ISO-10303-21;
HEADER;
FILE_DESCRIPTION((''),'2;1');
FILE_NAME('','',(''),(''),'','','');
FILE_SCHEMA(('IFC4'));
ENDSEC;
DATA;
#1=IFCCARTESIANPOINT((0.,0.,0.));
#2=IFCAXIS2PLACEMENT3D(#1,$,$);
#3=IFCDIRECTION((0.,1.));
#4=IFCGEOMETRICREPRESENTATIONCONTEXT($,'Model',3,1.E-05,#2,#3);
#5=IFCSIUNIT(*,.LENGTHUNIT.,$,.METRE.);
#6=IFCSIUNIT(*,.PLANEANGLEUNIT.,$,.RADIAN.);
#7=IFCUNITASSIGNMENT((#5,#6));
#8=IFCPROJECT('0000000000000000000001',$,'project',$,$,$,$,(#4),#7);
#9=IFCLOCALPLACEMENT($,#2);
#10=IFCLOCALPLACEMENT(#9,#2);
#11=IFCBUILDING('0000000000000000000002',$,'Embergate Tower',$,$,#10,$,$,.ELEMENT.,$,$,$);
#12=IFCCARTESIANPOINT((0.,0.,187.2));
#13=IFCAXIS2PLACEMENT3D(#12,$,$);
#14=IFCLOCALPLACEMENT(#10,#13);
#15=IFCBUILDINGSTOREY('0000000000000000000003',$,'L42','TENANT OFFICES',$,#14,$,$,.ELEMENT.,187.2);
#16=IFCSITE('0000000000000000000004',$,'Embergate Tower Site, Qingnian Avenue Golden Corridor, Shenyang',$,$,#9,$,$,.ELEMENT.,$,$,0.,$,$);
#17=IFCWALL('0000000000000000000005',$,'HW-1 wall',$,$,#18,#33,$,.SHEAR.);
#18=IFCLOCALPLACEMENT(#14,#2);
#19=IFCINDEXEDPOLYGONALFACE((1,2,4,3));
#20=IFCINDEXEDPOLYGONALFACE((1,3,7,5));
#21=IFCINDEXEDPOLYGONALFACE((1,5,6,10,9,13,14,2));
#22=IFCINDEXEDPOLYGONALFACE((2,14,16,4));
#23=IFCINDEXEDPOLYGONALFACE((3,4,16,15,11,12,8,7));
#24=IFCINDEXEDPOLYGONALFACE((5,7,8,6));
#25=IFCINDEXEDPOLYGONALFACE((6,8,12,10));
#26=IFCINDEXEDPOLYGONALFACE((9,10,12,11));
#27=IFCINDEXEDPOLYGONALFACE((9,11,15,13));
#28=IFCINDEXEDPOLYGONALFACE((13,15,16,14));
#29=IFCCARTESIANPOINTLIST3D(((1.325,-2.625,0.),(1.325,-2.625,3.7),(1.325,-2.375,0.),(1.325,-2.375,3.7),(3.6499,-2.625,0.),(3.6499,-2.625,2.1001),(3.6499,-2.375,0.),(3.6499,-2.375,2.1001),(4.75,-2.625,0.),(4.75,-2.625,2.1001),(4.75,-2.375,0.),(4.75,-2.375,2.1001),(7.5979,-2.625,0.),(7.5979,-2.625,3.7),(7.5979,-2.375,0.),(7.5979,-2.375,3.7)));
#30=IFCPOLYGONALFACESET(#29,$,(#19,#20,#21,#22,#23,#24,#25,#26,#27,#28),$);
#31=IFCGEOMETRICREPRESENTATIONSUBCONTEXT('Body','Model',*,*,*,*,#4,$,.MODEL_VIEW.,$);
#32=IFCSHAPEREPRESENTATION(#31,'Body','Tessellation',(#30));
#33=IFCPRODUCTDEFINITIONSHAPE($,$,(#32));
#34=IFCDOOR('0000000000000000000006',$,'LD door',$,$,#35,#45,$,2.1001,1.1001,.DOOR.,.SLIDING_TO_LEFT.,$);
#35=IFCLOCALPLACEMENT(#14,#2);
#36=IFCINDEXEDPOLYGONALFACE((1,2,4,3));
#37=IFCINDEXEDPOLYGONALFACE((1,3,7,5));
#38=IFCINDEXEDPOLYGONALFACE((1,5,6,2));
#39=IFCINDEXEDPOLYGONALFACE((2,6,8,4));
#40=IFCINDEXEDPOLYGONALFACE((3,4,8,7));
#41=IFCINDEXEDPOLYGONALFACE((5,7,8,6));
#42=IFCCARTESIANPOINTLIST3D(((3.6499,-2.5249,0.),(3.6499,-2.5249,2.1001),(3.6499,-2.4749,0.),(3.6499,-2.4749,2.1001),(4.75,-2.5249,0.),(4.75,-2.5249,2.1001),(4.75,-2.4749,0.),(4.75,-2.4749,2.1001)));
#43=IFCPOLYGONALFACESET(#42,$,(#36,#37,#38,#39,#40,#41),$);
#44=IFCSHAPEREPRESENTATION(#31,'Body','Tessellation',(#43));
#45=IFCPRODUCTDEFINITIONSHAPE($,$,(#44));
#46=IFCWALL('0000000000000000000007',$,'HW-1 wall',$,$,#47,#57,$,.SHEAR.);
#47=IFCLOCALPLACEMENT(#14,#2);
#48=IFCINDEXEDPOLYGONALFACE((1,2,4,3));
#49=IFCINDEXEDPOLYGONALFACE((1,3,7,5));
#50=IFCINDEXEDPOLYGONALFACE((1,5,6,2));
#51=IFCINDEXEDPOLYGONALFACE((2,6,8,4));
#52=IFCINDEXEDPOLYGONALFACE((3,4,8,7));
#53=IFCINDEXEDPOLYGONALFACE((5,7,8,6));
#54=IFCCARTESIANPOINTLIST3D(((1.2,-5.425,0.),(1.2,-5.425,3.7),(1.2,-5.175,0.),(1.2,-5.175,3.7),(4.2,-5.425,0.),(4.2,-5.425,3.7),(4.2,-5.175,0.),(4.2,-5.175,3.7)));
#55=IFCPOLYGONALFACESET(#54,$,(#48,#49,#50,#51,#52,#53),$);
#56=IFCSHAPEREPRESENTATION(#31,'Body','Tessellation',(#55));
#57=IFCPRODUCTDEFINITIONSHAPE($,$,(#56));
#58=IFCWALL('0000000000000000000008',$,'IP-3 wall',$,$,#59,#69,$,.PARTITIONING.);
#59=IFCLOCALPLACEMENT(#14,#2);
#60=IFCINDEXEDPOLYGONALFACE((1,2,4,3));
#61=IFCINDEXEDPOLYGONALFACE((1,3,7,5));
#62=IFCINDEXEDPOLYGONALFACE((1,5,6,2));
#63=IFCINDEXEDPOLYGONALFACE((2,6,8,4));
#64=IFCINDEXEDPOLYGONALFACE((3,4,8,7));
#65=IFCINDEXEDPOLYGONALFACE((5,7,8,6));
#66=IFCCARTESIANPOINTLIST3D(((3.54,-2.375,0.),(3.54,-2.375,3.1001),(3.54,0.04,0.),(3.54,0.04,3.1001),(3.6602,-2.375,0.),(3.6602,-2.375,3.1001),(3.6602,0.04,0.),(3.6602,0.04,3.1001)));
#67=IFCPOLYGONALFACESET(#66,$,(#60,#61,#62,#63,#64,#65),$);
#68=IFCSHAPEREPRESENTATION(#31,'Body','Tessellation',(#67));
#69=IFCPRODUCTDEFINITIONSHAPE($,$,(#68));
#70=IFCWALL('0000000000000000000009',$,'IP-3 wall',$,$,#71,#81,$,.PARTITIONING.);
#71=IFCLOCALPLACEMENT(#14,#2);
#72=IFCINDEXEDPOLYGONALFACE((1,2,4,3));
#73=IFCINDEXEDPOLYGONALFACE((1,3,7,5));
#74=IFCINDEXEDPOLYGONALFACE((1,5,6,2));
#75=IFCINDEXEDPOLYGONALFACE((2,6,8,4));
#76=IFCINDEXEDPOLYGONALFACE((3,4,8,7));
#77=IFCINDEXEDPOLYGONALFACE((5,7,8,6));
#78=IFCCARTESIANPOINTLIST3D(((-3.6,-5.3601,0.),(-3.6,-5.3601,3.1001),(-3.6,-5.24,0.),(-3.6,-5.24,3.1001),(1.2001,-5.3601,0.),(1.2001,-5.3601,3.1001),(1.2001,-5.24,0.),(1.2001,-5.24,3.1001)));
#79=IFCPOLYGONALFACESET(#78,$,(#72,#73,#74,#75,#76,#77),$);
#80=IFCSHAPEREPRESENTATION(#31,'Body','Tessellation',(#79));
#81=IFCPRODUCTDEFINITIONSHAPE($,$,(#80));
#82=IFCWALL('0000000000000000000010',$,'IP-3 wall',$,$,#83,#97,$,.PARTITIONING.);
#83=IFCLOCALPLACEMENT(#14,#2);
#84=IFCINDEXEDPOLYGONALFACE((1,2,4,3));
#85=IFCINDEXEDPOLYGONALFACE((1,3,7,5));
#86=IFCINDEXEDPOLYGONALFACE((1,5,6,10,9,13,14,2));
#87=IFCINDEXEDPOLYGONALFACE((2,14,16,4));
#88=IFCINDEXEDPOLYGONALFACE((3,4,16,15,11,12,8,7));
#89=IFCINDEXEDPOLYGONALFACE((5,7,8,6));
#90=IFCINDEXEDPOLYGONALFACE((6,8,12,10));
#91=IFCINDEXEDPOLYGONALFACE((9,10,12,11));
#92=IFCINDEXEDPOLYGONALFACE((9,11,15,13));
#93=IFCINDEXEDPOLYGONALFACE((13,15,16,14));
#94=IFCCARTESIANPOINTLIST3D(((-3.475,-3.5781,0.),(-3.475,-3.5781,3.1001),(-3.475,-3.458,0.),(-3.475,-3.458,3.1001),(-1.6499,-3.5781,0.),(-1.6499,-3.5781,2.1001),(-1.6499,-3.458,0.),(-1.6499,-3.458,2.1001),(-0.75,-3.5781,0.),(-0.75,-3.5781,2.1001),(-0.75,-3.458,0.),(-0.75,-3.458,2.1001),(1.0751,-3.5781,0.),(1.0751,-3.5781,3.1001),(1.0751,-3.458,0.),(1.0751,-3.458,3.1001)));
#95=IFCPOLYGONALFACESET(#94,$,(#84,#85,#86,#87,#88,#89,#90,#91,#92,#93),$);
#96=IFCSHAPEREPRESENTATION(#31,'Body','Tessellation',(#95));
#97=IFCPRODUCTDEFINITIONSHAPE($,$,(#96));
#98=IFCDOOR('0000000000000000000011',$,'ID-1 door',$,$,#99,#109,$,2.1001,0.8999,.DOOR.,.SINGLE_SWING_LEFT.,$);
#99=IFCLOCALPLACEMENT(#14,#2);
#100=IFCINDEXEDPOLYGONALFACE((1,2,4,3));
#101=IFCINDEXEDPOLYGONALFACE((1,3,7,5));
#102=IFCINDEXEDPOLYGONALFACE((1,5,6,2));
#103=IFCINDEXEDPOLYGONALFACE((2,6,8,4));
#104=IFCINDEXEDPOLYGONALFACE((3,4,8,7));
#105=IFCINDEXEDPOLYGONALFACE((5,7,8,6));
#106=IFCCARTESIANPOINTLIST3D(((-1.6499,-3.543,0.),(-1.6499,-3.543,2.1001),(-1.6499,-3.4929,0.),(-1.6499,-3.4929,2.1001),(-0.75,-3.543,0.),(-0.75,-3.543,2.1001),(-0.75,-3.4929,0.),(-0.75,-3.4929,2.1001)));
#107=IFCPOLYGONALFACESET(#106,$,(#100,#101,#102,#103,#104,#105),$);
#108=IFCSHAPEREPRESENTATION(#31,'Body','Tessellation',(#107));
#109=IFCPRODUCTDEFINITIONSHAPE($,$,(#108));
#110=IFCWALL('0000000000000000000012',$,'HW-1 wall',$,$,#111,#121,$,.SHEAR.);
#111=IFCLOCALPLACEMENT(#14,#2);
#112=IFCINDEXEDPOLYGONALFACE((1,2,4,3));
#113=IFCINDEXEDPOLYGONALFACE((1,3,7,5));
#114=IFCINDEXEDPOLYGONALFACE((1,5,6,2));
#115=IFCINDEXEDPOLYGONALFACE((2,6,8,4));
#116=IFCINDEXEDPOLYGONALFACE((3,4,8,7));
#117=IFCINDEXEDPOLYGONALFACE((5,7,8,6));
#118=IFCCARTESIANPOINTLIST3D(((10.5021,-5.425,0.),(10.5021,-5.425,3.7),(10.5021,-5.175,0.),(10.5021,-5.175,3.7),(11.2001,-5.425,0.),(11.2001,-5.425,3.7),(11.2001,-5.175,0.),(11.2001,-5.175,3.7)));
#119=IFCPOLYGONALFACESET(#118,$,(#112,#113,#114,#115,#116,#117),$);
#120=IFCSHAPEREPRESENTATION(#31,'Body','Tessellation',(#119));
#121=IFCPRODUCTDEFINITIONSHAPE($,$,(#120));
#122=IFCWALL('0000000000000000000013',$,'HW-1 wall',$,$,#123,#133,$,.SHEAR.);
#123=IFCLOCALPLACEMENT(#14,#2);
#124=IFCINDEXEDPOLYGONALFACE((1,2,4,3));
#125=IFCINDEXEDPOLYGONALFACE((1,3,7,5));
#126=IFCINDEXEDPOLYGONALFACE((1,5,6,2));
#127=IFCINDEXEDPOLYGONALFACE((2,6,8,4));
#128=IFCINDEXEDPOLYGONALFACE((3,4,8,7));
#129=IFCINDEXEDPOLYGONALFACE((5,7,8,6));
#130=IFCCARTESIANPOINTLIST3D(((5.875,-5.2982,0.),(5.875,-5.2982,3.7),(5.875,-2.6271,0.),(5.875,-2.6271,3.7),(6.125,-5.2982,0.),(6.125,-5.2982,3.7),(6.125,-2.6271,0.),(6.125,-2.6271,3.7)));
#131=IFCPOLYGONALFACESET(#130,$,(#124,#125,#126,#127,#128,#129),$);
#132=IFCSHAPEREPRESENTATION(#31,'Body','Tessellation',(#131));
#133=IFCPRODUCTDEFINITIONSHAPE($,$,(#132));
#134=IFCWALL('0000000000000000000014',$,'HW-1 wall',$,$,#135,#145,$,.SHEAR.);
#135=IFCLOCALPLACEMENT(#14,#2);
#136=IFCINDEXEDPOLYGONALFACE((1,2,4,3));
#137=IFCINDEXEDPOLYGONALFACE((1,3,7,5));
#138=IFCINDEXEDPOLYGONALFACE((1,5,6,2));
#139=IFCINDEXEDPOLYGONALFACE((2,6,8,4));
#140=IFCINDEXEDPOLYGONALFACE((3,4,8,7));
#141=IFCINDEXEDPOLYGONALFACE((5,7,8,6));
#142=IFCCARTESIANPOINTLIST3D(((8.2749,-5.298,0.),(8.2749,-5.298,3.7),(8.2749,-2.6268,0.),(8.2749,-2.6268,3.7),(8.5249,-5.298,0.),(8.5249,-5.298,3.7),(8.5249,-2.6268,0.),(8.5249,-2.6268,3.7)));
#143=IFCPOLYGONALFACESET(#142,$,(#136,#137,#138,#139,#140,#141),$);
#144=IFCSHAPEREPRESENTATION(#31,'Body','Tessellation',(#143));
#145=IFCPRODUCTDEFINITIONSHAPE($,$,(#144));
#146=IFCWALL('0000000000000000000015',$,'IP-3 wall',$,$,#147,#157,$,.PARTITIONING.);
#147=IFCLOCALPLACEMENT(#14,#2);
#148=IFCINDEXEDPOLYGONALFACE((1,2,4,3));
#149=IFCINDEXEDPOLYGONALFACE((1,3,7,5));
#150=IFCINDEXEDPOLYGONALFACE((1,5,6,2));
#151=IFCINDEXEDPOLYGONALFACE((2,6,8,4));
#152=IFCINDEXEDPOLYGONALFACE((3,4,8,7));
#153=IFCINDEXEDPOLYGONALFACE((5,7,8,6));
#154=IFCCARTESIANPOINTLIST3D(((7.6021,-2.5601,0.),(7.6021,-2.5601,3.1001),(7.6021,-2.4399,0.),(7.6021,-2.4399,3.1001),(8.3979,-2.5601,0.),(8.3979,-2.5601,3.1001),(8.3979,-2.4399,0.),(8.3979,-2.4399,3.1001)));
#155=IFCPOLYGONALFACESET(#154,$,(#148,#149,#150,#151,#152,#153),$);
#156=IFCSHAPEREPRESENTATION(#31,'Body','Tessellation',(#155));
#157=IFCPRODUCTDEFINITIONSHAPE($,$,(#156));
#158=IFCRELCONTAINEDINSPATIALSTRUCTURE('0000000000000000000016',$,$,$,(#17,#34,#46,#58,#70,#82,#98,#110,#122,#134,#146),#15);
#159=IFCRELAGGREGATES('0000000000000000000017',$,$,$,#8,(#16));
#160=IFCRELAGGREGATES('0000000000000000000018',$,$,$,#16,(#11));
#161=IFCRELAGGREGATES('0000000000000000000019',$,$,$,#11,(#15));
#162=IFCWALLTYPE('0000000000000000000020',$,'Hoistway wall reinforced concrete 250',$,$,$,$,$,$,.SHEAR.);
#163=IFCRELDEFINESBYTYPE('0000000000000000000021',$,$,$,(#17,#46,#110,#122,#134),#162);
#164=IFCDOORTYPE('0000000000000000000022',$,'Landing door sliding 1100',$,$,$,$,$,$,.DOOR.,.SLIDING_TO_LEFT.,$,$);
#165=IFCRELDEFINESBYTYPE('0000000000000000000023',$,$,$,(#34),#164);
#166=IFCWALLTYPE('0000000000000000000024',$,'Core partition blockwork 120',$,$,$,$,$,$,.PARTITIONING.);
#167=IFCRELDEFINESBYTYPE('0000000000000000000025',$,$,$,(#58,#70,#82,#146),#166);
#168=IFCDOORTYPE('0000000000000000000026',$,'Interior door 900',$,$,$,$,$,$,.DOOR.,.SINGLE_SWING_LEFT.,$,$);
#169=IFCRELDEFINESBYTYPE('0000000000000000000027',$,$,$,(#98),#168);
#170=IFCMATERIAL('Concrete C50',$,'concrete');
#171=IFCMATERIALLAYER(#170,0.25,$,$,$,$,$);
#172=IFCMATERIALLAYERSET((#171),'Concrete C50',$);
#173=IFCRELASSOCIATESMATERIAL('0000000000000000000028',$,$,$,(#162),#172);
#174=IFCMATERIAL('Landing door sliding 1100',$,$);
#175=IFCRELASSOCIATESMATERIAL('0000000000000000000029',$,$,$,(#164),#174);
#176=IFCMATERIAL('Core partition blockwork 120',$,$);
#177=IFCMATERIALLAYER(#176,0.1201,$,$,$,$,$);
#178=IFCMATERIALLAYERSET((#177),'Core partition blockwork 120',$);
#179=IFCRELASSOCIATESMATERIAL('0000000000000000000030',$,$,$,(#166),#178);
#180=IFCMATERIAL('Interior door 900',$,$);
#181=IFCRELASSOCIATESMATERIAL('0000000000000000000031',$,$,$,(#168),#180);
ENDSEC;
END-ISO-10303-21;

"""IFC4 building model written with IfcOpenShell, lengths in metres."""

from ifc_helpers import new_model, si_unit, direction, frame, frame_2d, origin, place, context, subcontext, project, spatial, rectangle, extrude, source, transform, mapped, material, layer, layer_set, type_object, element, fill, save


model = new_model("IFC4")

# Units and contexts
model_context = context("Model", 3, precision=1e-05, world=origin(), true_north=direction((0.0, 1.0)))
body_context = subcontext(model_context, "Body", "Model", "MODEL_VIEW")
ifc_project = project(units=[si_unit("LENGTHUNIT", "METRE"), si_unit("PLANEANGLEUNIT", "RADIAN")], contexts=[model_context])

# Site, building, storey
site_placement = place(None, origin())
site = spatial("IfcSite", under=ifc_project, at=site_placement, Name="Embergate Tower Site, Qingnian Avenue Golden Corridor, Shenyang", CompositionType="ELEMENT", RefElevation=0.0)
building_placement = place(site_placement, origin())
building = spatial("IfcBuilding", under=site, at=building_placement, Name="Embergate Tower", CompositionType="ELEMENT")
storey_placement = place(building_placement, frame((0.0, 0.0, 187.2)))
storey = spatial("IfcBuildingStorey", under=building, at=storey_placement, Name="L42", Description="TENANT OFFICES", CompositionType="ELEMENT", Elevation=187.2)

# Shared definitions
ifc_material_1 = material(Name="Concrete C50", Category="concrete")
ifc_layer_1 = layer(ifc_material_1, 0.25)
ifc_layer_set_1 = layer_set([ifc_layer_1], Name="Concrete C50")
wall_type_1 = type_object("IfcWallType", Name="Hoistway wall reinforced concrete 250", PredefinedType="SHEAR", material=ifc_layer_set_1)

# Wall, opening, door
shared_shape_1 = source(origin(), body_context, "Body", "SweptSolid", [
    extrude(rectangle(XDim=1.1001, YDim=2.1001, at=frame_2d((0.55, 1.05))), frame((0.0, 0.135, 0.0), z_axis=(0.0, -1.0, 0.0), x_axis=(1.0, 0.0, 0.0)), (0.0, 0.0, 1.0), 0.27),
])
ifc_material_2 = material(Name="Landing door sliding 1100")
door_type_1 = type_object("IfcDoorType", Name="Landing door sliding 1100", OperationType="SLIDING_TO_LEFT", PredefinedType="DOOR", material=ifc_material_2)
shared_shape_2 = source(origin(), body_context, "Body", "SweptSolid", [
    extrude(rectangle(XDim=1.1001, YDim=2.1001, at=frame_2d((0.55, 1.05))), frame((0.0, 0.0249, 0.0), z_axis=(0.0, -1.0, 0.0), x_axis=(1.0, 0.0, 0.0)), (0.0, 0.0, 1.0), 0.05),
])
shared_shape_3 = source(origin(), body_context, "Body", "SweptSolid", [
    extrude(rectangle(XDim=6.2729, YDim=0.25, at=frame_2d((3.1365, 0.0))), origin(), (0.0, 0.0, 1.0), 3.7),
])
wall_1_placement = place(storey_placement, frame((7.5979, -2.5, 0.0), z_axis=(0.0, 0.0, 1.0), x_axis=(-1.0, 0.0, 0.0)))
wall_1 = element("IfcWall", 1, at=wall_1_placement, inside=storey, type_object=wall_type_1, Name="HW-1 wall", PredefinedType="SHEAR", context=body_context, shape_type="MappedRepresentation", body=[
    mapped(shared_shape_3, transform((0.0, 0.0, 0.0))),
])
opening_1_placement = place(wall_1_placement, frame((2.8479, 0.0, 0.0)))
opening_1 = element("IfcOpeningElement", 2, at=opening_1_placement, cuts=wall_1, PredefinedType="OPENING", context=body_context, shape_type="MappedRepresentation", body=[
    mapped(shared_shape_1, transform((0.0, 0.0, 0.0))),
])
door_1_placement = place(opening_1_placement, origin())
door_1 = element("IfcDoor", 3, at=door_1_placement, inside=storey, type_object=door_type_1, Name="LD door", OperationType="SLIDING_TO_LEFT", OverallHeight=2.1001, OverallWidth=1.1001, PredefinedType="DOOR", context=body_context, shape_type="MappedRepresentation", body=[
    mapped(shared_shape_2, transform((0.0, 0.0, 0.0))),
])
fill(opening_1, door_1)

# Walls
shared_shape_4 = source(origin(), body_context, "Body", "SweptSolid", [
    extrude(rectangle(XDim=3.0, YDim=0.25, at=frame_2d((1.5, 0.0))), origin(), (0.0, 0.0, 1.0), 3.7),
])
wall_2_placement = place(storey_placement, frame((1.2, -5.3, 0.0), z_axis=(0.0, 0.0, 1.0), x_axis=(1.0, 0.0, 0.0)))
element("IfcWall", 4, at=wall_2_placement, inside=storey, type_object=wall_type_1, Name="HW-1 wall", PredefinedType="SHEAR", context=body_context, shape_type="MappedRepresentation", body=[
    mapped(shared_shape_4, transform((0.0, 0.0, 0.0))),
])
ifc_material_3 = material(Name="Core partition blockwork 120")
ifc_layer_2 = layer(ifc_material_3, 0.1201)
ifc_layer_set_2 = layer_set([ifc_layer_2], Name="Core partition blockwork 120")
wall_type_2 = type_object("IfcWallType", Name="Core partition blockwork 120", PredefinedType="PARTITIONING", material=ifc_layer_set_2)
shared_shape_5 = source(origin(), body_context, "Body", "SweptSolid", [
    extrude(rectangle(XDim=2.415, YDim=0.1201, at=frame_2d((1.2075, 0.0))), origin(), (0.0, 0.0, 1.0), 3.1001),
])
wall_3_placement = place(storey_placement, frame((3.6001, -2.375, 0.0), z_axis=(0.0, 0.0, 1.0), x_axis=(0.0, 1.0, 0.0)))
element("IfcWall", 5, at=wall_3_placement, inside=storey, type_object=wall_type_2, Name="IP-3 wall", PredefinedType="PARTITIONING", context=body_context, shape_type="MappedRepresentation", body=[
    mapped(shared_shape_5, transform((0.0, 0.0, 0.0))),
])
shared_shape_6 = source(origin(), body_context, "Body", "SweptSolid", [
    extrude(rectangle(XDim=4.8, YDim=0.1201, at=frame_2d((2.3999, 0.0))), origin(), (0.0, 0.0, 1.0), 3.1001),
])
wall_4_placement = place(storey_placement, frame((1.2, -5.3, 0.0), z_axis=(0.0, 0.0, 1.0), x_axis=(-1.0, 0.0, 0.0)))
element("IfcWall", 6, at=wall_4_placement, inside=storey, type_object=wall_type_2, Name="IP-3 wall", PredefinedType="PARTITIONING", context=body_context, shape_type="MappedRepresentation", body=[
    mapped(shared_shape_6, transform((0.0, 0.0, 0.0))),
])

# Wall, opening, door
shared_shape_7 = source(origin(), body_context, "Body", "SweptSolid", [
    extrude(rectangle(XDim=4.55, YDim=0.1201, at=frame_2d((2.2749, 0.0))), origin(), (0.0, 0.0, 1.0), 3.1001),
])
wall_5_placement = place(storey_placement, frame((1.075, -3.5181, 0.0), z_axis=(0.0, 0.0, 1.0), x_axis=(-1.0, 0.0, 0.0)))
wall_5 = element("IfcWall", 7, at=wall_5_placement, inside=storey, type_object=wall_type_2, Name="IP-3 wall", PredefinedType="PARTITIONING", context=body_context, shape_type="MappedRepresentation", body=[
    mapped(shared_shape_7, transform((0.0, 0.0, 0.0))),
])
shared_shape_8 = source(origin(), body_context, "Body", "SweptSolid", [
    extrude(rectangle(XDim=0.8999, YDim=2.1001, at=frame_2d((0.45, 1.05))), frame((0.0, 0.0701, 0.0), z_axis=(0.0, -1.0, 0.0), x_axis=(1.0, 0.0, 0.0)), (0.0, 0.0, 1.0), 0.1401),
])
opening_2_placement = place(wall_5_placement, frame((1.825, 0.0, 0.0)))
opening_2 = element("IfcOpeningElement", 8, at=opening_2_placement, cuts=wall_5, PredefinedType="OPENING", context=body_context, shape_type="MappedRepresentation", body=[
    mapped(shared_shape_8, transform((0.0, 0.0, 0.0))),
])
ifc_material_4 = material(Name="Interior door 900")
door_type_2 = type_object("IfcDoorType", Name="Interior door 900", OperationType="SINGLE_SWING_LEFT", PredefinedType="DOOR", material=ifc_material_4)
shared_shape_9 = source(origin(), body_context, "Body", "SweptSolid", [
    extrude(rectangle(XDim=0.8999, YDim=2.1001, at=frame_2d((0.45, 1.05))), frame((0.0, 0.0249, 0.0), z_axis=(0.0, -1.0, 0.0), x_axis=(1.0, 0.0, 0.0)), (0.0, 0.0, 1.0), 0.05),
])
door_2_placement = place(opening_2_placement, origin())
door_2 = element("IfcDoor", 9, at=door_2_placement, inside=storey, type_object=door_type_2, Name="ID-1 door", OperationType="SINGLE_SWING_LEFT", OverallHeight=2.1001, OverallWidth=0.8999, PredefinedType="DOOR", context=body_context, shape_type="MappedRepresentation", body=[
    mapped(shared_shape_9, transform((0.0, 0.0, 0.0))),
])
fill(opening_2, door_2)

# Walls
shared_shape_10 = source(origin(), body_context, "Body", "SweptSolid", [
    extrude(rectangle(XDim=0.698, YDim=0.25, at=frame_2d((0.3491, 0.0))), origin(), (0.0, 0.0, 1.0), 3.7),
])
wall_6_placement = place(storey_placement, frame((10.502, -5.3, 0.0), z_axis=(0.0, 0.0, 1.0), x_axis=(1.0, 0.0, 0.0)))
element("IfcWall", 10, at=wall_6_placement, inside=storey, type_object=wall_type_1, Name="HW-1 wall", PredefinedType="SHEAR", context=body_context, shape_type="MappedRepresentation", body=[
    mapped(shared_shape_10, transform((0.0, 0.0, 0.0))),
])
shared_shape_11 = source(origin(), body_context, "Body", "SweptSolid", [
    extrude(rectangle(XDim=2.6711, YDim=0.25, at=frame_2d((1.3354, 0.0))), origin(), (0.0, 0.0, 1.0), 3.7),
])
for number, where, z_axis, x_axis, name in (
    (11, (6.0, -5.2981, 0.0), (0.0, 0.0, 1.0), (0.0, 1.0, 0.0), "HW-1 wall"),
    (12, (8.3999, -2.627, 0.0), (0.0, 0.0, 1.0), (0.0, -1.0, 0.0), "HW-1 wall"),
):
    element("IfcWall", number, at=place(storey_placement, frame(where, z_axis=z_axis, x_axis=x_axis)), inside=storey, type_object=wall_type_1, Name=name, PredefinedType="SHEAR", context=body_context, shape_type="MappedRepresentation", body=[
        mapped(shared_shape_11, transform((0.0, 0.0, 0.0))),
    ])
shared_shape_12 = source(origin(), body_context, "Body", "SweptSolid", [
    extrude(rectangle(XDim=0.7959, YDim=0.1201, at=frame_2d((0.3979, 0.0))), origin(), (0.0, 0.0, 1.0), 3.1001),
])
wall_7_placement = place(storey_placement, frame((7.6021, -2.5, 0.0), z_axis=(0.0, 0.0, 1.0), x_axis=(1.0, 0.0, 0.0)))
element("IfcWall", 13, at=wall_7_placement, inside=storey, type_object=wall_type_2, Name="IP-3 wall", PredefinedType="PARTITIONING", context=body_context, shape_type="MappedRepresentation", body=[
    mapped(shared_shape_12, transform((0.0, 0.0, 0.0))),
])

save(model, "model.ifc")
